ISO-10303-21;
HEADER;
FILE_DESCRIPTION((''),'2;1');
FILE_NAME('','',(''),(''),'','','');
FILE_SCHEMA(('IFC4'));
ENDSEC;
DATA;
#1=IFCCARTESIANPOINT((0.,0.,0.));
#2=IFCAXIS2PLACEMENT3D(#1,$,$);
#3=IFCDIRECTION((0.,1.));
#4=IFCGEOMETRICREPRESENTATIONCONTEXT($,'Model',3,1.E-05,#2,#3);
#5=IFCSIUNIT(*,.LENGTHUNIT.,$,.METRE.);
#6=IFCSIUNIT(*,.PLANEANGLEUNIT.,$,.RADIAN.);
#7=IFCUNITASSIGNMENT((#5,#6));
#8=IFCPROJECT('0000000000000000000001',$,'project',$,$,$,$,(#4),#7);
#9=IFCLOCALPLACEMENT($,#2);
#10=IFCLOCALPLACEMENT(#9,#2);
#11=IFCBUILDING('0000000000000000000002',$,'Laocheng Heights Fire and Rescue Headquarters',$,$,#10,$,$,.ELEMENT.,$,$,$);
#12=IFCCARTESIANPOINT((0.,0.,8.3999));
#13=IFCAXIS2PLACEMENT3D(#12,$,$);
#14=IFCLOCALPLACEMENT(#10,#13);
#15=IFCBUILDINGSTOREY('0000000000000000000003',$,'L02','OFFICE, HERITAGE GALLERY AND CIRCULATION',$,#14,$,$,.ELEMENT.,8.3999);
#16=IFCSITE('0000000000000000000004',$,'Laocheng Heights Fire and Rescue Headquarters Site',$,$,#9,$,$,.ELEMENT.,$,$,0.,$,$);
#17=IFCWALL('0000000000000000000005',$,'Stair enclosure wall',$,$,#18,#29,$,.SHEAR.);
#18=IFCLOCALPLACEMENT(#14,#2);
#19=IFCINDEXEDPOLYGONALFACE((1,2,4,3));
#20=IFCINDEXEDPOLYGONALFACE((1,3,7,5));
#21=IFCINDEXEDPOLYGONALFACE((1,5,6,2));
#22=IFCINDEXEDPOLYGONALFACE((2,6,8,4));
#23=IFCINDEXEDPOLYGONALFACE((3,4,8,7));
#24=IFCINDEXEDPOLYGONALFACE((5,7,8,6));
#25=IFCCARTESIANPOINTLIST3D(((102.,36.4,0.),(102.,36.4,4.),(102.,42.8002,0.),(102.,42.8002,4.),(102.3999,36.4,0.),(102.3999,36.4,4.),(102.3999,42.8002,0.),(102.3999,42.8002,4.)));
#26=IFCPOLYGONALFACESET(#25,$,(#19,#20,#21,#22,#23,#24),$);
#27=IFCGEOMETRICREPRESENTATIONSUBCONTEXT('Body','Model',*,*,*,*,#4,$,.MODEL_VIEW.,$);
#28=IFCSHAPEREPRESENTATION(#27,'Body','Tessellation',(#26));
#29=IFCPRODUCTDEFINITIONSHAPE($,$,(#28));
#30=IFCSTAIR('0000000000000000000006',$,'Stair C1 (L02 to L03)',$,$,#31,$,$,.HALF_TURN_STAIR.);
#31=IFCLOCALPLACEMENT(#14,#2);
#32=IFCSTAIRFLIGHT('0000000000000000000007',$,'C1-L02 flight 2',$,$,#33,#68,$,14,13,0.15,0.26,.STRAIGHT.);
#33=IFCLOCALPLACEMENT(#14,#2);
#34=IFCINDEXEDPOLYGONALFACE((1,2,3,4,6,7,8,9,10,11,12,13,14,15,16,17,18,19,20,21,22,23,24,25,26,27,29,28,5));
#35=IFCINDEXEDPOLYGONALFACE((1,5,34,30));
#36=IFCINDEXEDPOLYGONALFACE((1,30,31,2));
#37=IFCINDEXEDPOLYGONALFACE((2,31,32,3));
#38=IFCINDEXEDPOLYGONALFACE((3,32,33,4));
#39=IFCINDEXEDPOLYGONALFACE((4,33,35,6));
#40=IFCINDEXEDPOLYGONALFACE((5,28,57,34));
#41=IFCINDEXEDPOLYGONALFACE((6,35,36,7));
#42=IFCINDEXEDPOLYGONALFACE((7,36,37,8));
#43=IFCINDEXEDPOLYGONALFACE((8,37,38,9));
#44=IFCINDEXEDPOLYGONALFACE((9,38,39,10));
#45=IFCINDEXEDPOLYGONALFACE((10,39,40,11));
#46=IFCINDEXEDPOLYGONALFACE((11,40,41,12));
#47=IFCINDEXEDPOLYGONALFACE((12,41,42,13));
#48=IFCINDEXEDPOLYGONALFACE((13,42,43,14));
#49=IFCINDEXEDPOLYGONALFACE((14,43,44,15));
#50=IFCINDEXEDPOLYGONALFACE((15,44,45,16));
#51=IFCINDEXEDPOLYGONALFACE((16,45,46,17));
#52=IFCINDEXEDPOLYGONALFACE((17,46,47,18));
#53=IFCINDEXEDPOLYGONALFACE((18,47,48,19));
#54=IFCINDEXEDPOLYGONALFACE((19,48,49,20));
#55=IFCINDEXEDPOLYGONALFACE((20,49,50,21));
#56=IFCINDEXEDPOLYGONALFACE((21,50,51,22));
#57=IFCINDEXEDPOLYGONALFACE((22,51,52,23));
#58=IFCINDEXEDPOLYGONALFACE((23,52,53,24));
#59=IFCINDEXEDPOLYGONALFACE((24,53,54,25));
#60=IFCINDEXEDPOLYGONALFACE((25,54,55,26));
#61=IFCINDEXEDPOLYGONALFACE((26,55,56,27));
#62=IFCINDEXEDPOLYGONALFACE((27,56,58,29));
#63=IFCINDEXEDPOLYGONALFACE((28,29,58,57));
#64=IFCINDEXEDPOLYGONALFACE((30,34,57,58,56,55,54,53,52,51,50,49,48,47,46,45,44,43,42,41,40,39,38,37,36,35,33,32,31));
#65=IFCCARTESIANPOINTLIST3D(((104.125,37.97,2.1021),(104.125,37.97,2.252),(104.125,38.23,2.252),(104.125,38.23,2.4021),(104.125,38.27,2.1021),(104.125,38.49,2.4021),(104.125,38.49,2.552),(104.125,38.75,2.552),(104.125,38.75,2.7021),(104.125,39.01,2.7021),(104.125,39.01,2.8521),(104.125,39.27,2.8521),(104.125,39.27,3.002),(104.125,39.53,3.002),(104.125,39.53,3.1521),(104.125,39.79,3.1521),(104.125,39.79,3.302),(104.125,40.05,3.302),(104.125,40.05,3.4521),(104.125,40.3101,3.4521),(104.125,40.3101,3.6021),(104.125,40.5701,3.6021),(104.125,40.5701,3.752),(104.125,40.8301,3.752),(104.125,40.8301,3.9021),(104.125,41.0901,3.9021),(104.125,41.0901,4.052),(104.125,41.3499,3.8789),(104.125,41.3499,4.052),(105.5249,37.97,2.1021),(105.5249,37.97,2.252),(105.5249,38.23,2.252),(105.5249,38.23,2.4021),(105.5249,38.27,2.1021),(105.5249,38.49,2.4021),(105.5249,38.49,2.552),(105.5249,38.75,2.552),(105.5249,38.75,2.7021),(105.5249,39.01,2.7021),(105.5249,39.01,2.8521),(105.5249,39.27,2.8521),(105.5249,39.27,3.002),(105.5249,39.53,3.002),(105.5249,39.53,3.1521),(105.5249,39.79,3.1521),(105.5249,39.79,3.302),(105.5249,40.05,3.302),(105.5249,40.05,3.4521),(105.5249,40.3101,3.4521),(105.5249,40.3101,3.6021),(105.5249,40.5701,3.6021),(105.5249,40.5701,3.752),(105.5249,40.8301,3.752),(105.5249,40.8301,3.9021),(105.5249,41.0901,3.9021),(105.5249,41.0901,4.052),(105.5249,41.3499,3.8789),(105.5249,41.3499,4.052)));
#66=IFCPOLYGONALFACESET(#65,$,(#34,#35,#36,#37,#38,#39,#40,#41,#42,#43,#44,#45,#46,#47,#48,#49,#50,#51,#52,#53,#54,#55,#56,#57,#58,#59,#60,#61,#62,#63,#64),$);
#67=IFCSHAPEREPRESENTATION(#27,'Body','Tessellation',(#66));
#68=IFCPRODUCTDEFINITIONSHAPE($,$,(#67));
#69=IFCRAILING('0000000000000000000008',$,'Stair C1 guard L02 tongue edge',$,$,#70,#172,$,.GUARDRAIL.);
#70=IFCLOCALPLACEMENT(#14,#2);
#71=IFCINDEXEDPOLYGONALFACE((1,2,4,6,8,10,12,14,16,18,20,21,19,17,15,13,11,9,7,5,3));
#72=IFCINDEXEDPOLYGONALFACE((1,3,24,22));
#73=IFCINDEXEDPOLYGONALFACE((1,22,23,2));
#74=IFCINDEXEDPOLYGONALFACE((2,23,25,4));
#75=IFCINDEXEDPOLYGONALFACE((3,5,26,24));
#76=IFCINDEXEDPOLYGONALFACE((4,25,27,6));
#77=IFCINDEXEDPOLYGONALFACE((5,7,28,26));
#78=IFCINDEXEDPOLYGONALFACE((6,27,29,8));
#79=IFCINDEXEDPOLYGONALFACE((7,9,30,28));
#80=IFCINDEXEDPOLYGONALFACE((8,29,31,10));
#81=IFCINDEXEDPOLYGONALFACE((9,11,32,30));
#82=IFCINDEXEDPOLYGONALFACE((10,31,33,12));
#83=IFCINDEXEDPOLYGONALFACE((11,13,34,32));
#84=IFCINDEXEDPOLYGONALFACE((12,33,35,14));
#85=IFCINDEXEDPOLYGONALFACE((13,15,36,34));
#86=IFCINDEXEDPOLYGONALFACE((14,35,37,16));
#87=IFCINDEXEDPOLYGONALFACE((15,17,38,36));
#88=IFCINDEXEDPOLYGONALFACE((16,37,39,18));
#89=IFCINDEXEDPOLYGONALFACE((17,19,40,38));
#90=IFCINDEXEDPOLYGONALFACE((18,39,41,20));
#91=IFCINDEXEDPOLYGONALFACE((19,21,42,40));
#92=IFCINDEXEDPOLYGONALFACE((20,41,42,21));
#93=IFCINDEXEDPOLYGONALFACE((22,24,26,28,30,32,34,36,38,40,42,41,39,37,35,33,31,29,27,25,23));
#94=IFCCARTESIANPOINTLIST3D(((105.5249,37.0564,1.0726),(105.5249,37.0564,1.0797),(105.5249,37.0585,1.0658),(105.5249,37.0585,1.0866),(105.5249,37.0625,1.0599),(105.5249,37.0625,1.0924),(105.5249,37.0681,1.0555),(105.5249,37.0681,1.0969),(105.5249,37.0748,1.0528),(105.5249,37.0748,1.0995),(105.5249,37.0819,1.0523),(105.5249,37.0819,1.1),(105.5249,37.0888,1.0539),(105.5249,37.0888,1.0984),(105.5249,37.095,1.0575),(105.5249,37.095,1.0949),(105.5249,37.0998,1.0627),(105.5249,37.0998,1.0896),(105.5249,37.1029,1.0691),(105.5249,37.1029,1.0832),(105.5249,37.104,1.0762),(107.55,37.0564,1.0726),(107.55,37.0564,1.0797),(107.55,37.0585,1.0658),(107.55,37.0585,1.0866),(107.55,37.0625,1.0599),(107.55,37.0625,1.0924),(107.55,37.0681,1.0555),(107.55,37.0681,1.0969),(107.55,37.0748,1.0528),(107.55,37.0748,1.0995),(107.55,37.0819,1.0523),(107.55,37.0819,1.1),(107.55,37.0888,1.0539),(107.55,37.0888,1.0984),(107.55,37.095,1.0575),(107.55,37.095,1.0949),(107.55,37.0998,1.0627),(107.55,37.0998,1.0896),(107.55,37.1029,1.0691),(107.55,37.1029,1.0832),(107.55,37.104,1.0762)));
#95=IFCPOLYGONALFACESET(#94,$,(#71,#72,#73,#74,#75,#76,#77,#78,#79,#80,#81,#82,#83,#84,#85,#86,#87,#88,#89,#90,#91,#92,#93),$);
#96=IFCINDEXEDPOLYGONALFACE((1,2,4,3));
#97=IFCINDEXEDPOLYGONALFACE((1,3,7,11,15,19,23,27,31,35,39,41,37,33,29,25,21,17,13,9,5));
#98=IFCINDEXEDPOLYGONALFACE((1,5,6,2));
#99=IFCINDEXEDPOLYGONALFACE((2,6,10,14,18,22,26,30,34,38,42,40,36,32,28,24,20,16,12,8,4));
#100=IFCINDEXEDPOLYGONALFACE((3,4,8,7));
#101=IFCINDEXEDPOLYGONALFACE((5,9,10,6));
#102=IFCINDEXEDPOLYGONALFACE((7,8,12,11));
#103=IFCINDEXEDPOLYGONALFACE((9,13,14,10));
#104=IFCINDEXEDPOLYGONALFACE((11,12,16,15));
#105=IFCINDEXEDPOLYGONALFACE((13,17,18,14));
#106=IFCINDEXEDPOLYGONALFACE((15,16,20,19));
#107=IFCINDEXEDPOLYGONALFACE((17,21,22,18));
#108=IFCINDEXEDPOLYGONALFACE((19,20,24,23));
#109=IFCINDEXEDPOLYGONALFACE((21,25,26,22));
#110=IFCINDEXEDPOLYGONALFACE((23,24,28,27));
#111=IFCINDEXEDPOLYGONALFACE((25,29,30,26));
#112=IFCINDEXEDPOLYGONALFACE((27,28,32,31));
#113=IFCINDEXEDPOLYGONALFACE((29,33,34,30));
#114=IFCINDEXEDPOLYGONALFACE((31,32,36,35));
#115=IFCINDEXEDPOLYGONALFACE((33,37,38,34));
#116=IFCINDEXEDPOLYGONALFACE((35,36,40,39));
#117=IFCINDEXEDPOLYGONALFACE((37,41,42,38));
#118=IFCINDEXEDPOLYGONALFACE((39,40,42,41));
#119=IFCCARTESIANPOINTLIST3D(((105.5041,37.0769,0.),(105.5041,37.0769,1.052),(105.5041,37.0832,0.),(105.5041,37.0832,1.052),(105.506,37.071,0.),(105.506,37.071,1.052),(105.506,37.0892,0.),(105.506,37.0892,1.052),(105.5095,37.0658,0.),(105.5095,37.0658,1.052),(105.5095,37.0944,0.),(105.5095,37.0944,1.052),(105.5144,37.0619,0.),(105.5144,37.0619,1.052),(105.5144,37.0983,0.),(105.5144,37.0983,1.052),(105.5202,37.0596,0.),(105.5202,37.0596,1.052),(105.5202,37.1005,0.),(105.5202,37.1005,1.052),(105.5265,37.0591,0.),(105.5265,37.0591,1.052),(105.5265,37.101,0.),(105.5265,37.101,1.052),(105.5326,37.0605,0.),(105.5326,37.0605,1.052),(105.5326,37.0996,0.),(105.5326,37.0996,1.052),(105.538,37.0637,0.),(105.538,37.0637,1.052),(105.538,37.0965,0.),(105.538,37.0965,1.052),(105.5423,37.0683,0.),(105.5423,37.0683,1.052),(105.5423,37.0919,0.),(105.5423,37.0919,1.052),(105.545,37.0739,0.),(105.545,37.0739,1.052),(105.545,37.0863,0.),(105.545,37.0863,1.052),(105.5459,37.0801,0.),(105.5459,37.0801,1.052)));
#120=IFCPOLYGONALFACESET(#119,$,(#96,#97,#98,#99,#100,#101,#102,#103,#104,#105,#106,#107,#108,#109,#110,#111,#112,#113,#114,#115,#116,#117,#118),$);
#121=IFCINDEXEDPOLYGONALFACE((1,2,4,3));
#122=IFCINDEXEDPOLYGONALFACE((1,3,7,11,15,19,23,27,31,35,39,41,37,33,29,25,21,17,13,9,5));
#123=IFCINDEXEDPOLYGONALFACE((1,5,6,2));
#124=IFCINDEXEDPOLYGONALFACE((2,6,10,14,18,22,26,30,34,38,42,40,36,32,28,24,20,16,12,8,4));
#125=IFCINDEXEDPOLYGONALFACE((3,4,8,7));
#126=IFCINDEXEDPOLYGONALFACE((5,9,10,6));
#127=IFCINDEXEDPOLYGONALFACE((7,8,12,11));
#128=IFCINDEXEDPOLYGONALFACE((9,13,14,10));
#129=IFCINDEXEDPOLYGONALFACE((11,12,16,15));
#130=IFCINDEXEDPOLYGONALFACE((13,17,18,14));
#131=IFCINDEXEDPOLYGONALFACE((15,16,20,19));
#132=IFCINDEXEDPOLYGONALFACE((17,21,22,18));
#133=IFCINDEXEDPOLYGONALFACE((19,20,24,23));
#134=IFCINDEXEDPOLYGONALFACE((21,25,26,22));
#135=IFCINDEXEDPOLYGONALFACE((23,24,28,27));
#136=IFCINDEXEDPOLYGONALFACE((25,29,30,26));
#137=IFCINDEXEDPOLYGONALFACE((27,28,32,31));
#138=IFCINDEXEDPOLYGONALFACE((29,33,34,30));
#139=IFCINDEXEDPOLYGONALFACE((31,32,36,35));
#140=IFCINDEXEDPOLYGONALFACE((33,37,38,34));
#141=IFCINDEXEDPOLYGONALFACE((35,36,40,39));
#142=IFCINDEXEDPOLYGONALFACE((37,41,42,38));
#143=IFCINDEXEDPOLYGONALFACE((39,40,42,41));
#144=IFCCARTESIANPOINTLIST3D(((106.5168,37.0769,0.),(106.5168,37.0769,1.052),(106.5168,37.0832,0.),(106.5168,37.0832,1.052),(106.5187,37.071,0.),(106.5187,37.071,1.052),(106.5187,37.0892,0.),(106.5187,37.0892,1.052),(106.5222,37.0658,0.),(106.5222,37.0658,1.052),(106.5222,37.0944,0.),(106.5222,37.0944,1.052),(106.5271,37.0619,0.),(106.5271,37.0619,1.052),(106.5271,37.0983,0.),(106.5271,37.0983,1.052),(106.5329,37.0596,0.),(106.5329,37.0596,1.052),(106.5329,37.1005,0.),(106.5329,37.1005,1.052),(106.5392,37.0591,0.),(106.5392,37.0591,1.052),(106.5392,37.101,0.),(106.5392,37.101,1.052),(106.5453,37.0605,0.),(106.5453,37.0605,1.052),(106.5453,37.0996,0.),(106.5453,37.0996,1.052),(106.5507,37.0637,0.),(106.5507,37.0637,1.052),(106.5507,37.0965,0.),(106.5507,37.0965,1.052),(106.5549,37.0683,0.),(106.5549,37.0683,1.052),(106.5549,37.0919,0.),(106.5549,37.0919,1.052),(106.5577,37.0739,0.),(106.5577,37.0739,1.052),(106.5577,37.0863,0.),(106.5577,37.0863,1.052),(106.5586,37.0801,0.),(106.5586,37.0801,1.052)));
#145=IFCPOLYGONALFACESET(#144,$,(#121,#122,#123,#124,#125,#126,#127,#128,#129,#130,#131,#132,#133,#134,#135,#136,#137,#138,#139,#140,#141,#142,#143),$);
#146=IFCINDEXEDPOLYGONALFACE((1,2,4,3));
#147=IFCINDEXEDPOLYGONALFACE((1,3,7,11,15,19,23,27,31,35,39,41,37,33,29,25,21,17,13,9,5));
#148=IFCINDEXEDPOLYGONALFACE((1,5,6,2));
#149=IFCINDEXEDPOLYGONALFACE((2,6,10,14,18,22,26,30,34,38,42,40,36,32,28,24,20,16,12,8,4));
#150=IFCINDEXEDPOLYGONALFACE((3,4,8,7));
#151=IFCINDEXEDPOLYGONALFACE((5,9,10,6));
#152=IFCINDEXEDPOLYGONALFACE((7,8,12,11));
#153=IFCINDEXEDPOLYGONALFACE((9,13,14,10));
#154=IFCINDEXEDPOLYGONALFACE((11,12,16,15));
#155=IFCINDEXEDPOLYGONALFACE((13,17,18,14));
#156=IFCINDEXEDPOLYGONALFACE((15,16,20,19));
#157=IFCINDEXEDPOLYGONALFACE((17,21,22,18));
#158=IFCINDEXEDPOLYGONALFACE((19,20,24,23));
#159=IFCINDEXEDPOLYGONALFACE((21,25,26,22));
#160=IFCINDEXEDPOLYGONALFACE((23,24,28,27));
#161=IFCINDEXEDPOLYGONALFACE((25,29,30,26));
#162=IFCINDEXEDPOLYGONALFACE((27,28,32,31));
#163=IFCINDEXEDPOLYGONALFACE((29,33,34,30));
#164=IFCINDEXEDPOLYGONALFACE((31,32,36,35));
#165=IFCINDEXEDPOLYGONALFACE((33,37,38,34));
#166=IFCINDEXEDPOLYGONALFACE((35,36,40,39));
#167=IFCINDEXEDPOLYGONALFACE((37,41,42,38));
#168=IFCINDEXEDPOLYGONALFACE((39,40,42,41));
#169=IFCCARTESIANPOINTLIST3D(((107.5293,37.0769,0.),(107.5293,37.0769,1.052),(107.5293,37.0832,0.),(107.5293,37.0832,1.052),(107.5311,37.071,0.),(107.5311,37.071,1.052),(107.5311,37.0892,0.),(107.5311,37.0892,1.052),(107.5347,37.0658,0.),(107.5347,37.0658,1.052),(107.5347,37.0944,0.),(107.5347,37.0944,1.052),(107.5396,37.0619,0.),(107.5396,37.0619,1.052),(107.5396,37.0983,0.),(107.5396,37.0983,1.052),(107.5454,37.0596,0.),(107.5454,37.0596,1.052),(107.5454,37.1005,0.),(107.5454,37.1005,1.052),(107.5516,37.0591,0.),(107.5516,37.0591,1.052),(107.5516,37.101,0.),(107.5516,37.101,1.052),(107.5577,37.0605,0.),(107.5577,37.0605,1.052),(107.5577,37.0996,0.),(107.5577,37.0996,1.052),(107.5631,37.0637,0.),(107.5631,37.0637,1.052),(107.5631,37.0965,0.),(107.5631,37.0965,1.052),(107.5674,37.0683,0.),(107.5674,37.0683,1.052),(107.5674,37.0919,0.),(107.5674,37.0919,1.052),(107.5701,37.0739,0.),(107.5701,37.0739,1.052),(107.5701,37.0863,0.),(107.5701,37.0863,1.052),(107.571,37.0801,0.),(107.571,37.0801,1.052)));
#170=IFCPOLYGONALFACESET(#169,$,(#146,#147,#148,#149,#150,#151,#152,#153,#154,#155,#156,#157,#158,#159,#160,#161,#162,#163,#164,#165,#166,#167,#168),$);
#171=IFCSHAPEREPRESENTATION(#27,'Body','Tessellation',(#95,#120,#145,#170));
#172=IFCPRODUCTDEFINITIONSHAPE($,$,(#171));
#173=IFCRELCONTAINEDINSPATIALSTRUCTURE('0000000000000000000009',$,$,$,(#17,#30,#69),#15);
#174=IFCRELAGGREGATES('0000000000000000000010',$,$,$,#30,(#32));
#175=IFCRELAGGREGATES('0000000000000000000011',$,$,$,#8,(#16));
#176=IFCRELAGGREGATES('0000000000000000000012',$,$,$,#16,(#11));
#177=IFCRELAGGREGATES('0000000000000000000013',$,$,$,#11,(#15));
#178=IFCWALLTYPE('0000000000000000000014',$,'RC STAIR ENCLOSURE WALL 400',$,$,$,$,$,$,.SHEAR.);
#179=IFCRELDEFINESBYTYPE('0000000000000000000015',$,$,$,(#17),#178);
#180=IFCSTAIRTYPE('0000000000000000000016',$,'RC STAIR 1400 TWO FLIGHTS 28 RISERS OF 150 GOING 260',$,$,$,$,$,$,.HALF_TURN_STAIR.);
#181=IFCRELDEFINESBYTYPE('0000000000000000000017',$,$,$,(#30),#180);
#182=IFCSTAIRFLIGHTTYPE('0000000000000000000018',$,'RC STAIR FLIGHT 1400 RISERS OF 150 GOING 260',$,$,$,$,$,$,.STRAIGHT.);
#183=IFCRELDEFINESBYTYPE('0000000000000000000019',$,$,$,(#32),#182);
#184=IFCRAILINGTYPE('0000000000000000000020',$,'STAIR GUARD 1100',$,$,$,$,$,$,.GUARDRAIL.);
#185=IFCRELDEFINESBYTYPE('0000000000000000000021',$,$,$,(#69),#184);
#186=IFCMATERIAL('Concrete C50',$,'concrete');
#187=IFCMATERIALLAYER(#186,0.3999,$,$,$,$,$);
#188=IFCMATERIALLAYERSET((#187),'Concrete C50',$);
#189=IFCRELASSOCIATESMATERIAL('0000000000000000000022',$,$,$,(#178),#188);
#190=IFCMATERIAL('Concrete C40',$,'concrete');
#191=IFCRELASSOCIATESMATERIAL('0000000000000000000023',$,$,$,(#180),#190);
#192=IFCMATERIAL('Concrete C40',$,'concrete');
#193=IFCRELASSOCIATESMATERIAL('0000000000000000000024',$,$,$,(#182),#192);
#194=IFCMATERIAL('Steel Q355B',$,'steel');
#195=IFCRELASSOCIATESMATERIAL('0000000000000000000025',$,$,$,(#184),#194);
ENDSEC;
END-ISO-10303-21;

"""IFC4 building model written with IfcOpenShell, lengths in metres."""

from ifc_helpers import new_model, si_unit, direction, frame, frame_2d, origin, origin_2d, place, context, subcontext, project, spatial, polyline, rectangle, circle, outline, extrude, material, layer, layer_set, type_object, element, aggregate, save


model = new_model("IFC4")

# Units and contexts
model_context = context("Model", 3, precision=1e-05, world=origin(), true_north=direction((0.0, 1.0)))
body_context = subcontext(model_context, "Body", "Model", "MODEL_VIEW")
ifc_project = project(units=[si_unit("LENGTHUNIT", "METRE"), si_unit("PLANEANGLEUNIT", "RADIAN")], contexts=[model_context])

# Site, building, storey
site_placement = place(None, origin())
site = spatial("IfcSite", under=ifc_project, at=site_placement, Name="Laocheng Heights Fire and Rescue Headquarters Site", CompositionType="ELEMENT", RefElevation=0.0)
building_placement = place(site_placement, origin())
building = spatial("IfcBuilding", under=site, at=building_placement, Name="Laocheng Heights Fire and Rescue Headquarters", CompositionType="ELEMENT")
storey_placement = place(building_placement, frame((0.0, 0.0, 8.3999)))
storey = spatial("IfcBuildingStorey", under=building, at=storey_placement, Name="L02", Description="OFFICE, HERITAGE GALLERY AND CIRCULATION", CompositionType="ELEMENT", Elevation=8.3999)

# Wall
ifc_material_1 = material(Name="Concrete C50", Category="concrete")
ifc_layer_1 = layer(ifc_material_1, 0.3999)
ifc_layer_set_1 = layer_set([ifc_layer_1], Name="Concrete C50")
wall_type_1 = type_object("IfcWallType", Name="RC STAIR ENCLOSURE WALL 400", PredefinedType="SHEAR", material=ifc_layer_set_1)
wall_1_placement = place(storey_placement, frame((102.2, 36.3999, 0.0), z_axis=(0.0, 0.0, 1.0), x_axis=(0.0, 1.0, 0.0)))
element("IfcWall", 1, at=wall_1_placement, inside=storey, type_object=wall_type_1, Name="Stair enclosure wall", PredefinedType="SHEAR", context=body_context, shape_type="SweptSolid", body=[
    extrude(rectangle(XDim=6.4001, YDim=0.3999, at=frame_2d((3.2002, 0.0))), origin(), (0.0, 0.0, 1.0), 4.0),
])

# Stair, stair flight
ifc_material_2 = material(Name="Concrete C40", Category="concrete")
stair_type = type_object("IfcStairType", Name="RC STAIR 1400 TWO FLIGHTS 28 RISERS OF 150 GOING 260", PredefinedType="HALF_TURN_STAIR", material=ifc_material_2)
stair_placement = place(storey_placement, origin())
stair = element("IfcStair", 2, at=stair_placement, inside=storey, type_object=stair_type, Name="Stair C1 (L02 to L03)", PredefinedType="HALF_TURN_STAIR")
ifc_material_3 = material(Name="Concrete C40", Category="concrete")
stair_flight_type = type_object("IfcStairFlightType", Name="RC STAIR FLIGHT 1400 RISERS OF 150 GOING 260", PredefinedType="STRAIGHT", material=ifc_material_3)
stair_flight_placement = place(storey_placement, frame((104.825, 37.97, 2.1021), z_axis=(0.0, 0.0, 1.0), x_axis=(0.0, 1.0, 0.0)))
stair_flight = element("IfcStairFlight", 3, at=stair_flight_placement, type_object=stair_flight_type, Name="C1-L02 flight 2", NumberOfRisers=14, NumberOfTreads=13, PredefinedType="STRAIGHT", RiserHeight=0.15, TreadLength=0.26, context=body_context, shape_type="SweptSolid", body=[
    extrude(outline(polyline([(0.0, 0.0), (0.0, 0.1499), (0.26, 0.1499), (0.26, 0.3), (0.52, 0.3), (0.52, 0.45), (0.78, 0.45), (0.78, 0.6001), (1.04, 0.6001), (1.04, 0.75), (1.3, 0.75), (1.3, 0.8999), (1.5601, 0.8999), (1.5601, 1.05), (1.8201, 1.05), (1.8201, 1.2), (2.0801, 1.2), (2.0801, 1.3501), (2.3401, 1.3501), (2.3401, 1.5), (2.6001, 1.5), (2.6001, 1.6499), (2.8601, 1.6499), (2.8601, 1.8), (3.1201, 1.8), (3.1201, 1.95), (3.3799, 1.95), (3.3799, 2.1001), (3.3799, 1.7769), (0.3, 0.0), (0.0, 0.0)])), frame((0.0, 0.7, 0.0), z_axis=(0.0, -1.0, 0.0), x_axis=(1.0, 0.0, 0.0)), (0.0, 0.0, 1.0), 1.3999),
])
aggregate(stair, [stair_flight])

# Railing
ifc_material_4 = material(Name="Steel Q355B", Category="steel")
railing_type_1 = type_object("IfcRailingType", Name="STAIR GUARD 1100", PredefinedType="GUARDRAIL", material=ifc_material_4)
railing_1_placement = place(storey_placement, frame((105.5249, 37.0801, 0.0)))
element("IfcRailing", 4, at=railing_1_placement, inside=storey, type_object=railing_type_1, Name="Stair C1 guard L02 tongue edge", PredefinedType="GUARDRAIL", context=body_context, shape_type="SweptSolid", body=[
    extrude(circle(Radius=0.0239, at=origin_2d()), frame((0.0, 0.0, 1.0762), z_axis=(1.0, 0.0, 0.0), x_axis=(0.0, 1.0, 0.0)), (0.0, 0.0, 1.0), 2.0251),
    extrude(circle(Radius=0.021, at=origin_2d()), origin(), (0.0, 0.0, 1.0), 1.052),
    extrude(circle(Radius=0.021, at=origin_2d()), frame((1.0127, 0.0, 0.0)), (0.0, 0.0, 1.0), 1.052),
    extrude(circle(Radius=0.021, at=origin_2d()), frame((2.0251, 0.0, 0.0)), (0.0, 0.0, 1.0), 1.052),
])

save(model, "model.ifc")
